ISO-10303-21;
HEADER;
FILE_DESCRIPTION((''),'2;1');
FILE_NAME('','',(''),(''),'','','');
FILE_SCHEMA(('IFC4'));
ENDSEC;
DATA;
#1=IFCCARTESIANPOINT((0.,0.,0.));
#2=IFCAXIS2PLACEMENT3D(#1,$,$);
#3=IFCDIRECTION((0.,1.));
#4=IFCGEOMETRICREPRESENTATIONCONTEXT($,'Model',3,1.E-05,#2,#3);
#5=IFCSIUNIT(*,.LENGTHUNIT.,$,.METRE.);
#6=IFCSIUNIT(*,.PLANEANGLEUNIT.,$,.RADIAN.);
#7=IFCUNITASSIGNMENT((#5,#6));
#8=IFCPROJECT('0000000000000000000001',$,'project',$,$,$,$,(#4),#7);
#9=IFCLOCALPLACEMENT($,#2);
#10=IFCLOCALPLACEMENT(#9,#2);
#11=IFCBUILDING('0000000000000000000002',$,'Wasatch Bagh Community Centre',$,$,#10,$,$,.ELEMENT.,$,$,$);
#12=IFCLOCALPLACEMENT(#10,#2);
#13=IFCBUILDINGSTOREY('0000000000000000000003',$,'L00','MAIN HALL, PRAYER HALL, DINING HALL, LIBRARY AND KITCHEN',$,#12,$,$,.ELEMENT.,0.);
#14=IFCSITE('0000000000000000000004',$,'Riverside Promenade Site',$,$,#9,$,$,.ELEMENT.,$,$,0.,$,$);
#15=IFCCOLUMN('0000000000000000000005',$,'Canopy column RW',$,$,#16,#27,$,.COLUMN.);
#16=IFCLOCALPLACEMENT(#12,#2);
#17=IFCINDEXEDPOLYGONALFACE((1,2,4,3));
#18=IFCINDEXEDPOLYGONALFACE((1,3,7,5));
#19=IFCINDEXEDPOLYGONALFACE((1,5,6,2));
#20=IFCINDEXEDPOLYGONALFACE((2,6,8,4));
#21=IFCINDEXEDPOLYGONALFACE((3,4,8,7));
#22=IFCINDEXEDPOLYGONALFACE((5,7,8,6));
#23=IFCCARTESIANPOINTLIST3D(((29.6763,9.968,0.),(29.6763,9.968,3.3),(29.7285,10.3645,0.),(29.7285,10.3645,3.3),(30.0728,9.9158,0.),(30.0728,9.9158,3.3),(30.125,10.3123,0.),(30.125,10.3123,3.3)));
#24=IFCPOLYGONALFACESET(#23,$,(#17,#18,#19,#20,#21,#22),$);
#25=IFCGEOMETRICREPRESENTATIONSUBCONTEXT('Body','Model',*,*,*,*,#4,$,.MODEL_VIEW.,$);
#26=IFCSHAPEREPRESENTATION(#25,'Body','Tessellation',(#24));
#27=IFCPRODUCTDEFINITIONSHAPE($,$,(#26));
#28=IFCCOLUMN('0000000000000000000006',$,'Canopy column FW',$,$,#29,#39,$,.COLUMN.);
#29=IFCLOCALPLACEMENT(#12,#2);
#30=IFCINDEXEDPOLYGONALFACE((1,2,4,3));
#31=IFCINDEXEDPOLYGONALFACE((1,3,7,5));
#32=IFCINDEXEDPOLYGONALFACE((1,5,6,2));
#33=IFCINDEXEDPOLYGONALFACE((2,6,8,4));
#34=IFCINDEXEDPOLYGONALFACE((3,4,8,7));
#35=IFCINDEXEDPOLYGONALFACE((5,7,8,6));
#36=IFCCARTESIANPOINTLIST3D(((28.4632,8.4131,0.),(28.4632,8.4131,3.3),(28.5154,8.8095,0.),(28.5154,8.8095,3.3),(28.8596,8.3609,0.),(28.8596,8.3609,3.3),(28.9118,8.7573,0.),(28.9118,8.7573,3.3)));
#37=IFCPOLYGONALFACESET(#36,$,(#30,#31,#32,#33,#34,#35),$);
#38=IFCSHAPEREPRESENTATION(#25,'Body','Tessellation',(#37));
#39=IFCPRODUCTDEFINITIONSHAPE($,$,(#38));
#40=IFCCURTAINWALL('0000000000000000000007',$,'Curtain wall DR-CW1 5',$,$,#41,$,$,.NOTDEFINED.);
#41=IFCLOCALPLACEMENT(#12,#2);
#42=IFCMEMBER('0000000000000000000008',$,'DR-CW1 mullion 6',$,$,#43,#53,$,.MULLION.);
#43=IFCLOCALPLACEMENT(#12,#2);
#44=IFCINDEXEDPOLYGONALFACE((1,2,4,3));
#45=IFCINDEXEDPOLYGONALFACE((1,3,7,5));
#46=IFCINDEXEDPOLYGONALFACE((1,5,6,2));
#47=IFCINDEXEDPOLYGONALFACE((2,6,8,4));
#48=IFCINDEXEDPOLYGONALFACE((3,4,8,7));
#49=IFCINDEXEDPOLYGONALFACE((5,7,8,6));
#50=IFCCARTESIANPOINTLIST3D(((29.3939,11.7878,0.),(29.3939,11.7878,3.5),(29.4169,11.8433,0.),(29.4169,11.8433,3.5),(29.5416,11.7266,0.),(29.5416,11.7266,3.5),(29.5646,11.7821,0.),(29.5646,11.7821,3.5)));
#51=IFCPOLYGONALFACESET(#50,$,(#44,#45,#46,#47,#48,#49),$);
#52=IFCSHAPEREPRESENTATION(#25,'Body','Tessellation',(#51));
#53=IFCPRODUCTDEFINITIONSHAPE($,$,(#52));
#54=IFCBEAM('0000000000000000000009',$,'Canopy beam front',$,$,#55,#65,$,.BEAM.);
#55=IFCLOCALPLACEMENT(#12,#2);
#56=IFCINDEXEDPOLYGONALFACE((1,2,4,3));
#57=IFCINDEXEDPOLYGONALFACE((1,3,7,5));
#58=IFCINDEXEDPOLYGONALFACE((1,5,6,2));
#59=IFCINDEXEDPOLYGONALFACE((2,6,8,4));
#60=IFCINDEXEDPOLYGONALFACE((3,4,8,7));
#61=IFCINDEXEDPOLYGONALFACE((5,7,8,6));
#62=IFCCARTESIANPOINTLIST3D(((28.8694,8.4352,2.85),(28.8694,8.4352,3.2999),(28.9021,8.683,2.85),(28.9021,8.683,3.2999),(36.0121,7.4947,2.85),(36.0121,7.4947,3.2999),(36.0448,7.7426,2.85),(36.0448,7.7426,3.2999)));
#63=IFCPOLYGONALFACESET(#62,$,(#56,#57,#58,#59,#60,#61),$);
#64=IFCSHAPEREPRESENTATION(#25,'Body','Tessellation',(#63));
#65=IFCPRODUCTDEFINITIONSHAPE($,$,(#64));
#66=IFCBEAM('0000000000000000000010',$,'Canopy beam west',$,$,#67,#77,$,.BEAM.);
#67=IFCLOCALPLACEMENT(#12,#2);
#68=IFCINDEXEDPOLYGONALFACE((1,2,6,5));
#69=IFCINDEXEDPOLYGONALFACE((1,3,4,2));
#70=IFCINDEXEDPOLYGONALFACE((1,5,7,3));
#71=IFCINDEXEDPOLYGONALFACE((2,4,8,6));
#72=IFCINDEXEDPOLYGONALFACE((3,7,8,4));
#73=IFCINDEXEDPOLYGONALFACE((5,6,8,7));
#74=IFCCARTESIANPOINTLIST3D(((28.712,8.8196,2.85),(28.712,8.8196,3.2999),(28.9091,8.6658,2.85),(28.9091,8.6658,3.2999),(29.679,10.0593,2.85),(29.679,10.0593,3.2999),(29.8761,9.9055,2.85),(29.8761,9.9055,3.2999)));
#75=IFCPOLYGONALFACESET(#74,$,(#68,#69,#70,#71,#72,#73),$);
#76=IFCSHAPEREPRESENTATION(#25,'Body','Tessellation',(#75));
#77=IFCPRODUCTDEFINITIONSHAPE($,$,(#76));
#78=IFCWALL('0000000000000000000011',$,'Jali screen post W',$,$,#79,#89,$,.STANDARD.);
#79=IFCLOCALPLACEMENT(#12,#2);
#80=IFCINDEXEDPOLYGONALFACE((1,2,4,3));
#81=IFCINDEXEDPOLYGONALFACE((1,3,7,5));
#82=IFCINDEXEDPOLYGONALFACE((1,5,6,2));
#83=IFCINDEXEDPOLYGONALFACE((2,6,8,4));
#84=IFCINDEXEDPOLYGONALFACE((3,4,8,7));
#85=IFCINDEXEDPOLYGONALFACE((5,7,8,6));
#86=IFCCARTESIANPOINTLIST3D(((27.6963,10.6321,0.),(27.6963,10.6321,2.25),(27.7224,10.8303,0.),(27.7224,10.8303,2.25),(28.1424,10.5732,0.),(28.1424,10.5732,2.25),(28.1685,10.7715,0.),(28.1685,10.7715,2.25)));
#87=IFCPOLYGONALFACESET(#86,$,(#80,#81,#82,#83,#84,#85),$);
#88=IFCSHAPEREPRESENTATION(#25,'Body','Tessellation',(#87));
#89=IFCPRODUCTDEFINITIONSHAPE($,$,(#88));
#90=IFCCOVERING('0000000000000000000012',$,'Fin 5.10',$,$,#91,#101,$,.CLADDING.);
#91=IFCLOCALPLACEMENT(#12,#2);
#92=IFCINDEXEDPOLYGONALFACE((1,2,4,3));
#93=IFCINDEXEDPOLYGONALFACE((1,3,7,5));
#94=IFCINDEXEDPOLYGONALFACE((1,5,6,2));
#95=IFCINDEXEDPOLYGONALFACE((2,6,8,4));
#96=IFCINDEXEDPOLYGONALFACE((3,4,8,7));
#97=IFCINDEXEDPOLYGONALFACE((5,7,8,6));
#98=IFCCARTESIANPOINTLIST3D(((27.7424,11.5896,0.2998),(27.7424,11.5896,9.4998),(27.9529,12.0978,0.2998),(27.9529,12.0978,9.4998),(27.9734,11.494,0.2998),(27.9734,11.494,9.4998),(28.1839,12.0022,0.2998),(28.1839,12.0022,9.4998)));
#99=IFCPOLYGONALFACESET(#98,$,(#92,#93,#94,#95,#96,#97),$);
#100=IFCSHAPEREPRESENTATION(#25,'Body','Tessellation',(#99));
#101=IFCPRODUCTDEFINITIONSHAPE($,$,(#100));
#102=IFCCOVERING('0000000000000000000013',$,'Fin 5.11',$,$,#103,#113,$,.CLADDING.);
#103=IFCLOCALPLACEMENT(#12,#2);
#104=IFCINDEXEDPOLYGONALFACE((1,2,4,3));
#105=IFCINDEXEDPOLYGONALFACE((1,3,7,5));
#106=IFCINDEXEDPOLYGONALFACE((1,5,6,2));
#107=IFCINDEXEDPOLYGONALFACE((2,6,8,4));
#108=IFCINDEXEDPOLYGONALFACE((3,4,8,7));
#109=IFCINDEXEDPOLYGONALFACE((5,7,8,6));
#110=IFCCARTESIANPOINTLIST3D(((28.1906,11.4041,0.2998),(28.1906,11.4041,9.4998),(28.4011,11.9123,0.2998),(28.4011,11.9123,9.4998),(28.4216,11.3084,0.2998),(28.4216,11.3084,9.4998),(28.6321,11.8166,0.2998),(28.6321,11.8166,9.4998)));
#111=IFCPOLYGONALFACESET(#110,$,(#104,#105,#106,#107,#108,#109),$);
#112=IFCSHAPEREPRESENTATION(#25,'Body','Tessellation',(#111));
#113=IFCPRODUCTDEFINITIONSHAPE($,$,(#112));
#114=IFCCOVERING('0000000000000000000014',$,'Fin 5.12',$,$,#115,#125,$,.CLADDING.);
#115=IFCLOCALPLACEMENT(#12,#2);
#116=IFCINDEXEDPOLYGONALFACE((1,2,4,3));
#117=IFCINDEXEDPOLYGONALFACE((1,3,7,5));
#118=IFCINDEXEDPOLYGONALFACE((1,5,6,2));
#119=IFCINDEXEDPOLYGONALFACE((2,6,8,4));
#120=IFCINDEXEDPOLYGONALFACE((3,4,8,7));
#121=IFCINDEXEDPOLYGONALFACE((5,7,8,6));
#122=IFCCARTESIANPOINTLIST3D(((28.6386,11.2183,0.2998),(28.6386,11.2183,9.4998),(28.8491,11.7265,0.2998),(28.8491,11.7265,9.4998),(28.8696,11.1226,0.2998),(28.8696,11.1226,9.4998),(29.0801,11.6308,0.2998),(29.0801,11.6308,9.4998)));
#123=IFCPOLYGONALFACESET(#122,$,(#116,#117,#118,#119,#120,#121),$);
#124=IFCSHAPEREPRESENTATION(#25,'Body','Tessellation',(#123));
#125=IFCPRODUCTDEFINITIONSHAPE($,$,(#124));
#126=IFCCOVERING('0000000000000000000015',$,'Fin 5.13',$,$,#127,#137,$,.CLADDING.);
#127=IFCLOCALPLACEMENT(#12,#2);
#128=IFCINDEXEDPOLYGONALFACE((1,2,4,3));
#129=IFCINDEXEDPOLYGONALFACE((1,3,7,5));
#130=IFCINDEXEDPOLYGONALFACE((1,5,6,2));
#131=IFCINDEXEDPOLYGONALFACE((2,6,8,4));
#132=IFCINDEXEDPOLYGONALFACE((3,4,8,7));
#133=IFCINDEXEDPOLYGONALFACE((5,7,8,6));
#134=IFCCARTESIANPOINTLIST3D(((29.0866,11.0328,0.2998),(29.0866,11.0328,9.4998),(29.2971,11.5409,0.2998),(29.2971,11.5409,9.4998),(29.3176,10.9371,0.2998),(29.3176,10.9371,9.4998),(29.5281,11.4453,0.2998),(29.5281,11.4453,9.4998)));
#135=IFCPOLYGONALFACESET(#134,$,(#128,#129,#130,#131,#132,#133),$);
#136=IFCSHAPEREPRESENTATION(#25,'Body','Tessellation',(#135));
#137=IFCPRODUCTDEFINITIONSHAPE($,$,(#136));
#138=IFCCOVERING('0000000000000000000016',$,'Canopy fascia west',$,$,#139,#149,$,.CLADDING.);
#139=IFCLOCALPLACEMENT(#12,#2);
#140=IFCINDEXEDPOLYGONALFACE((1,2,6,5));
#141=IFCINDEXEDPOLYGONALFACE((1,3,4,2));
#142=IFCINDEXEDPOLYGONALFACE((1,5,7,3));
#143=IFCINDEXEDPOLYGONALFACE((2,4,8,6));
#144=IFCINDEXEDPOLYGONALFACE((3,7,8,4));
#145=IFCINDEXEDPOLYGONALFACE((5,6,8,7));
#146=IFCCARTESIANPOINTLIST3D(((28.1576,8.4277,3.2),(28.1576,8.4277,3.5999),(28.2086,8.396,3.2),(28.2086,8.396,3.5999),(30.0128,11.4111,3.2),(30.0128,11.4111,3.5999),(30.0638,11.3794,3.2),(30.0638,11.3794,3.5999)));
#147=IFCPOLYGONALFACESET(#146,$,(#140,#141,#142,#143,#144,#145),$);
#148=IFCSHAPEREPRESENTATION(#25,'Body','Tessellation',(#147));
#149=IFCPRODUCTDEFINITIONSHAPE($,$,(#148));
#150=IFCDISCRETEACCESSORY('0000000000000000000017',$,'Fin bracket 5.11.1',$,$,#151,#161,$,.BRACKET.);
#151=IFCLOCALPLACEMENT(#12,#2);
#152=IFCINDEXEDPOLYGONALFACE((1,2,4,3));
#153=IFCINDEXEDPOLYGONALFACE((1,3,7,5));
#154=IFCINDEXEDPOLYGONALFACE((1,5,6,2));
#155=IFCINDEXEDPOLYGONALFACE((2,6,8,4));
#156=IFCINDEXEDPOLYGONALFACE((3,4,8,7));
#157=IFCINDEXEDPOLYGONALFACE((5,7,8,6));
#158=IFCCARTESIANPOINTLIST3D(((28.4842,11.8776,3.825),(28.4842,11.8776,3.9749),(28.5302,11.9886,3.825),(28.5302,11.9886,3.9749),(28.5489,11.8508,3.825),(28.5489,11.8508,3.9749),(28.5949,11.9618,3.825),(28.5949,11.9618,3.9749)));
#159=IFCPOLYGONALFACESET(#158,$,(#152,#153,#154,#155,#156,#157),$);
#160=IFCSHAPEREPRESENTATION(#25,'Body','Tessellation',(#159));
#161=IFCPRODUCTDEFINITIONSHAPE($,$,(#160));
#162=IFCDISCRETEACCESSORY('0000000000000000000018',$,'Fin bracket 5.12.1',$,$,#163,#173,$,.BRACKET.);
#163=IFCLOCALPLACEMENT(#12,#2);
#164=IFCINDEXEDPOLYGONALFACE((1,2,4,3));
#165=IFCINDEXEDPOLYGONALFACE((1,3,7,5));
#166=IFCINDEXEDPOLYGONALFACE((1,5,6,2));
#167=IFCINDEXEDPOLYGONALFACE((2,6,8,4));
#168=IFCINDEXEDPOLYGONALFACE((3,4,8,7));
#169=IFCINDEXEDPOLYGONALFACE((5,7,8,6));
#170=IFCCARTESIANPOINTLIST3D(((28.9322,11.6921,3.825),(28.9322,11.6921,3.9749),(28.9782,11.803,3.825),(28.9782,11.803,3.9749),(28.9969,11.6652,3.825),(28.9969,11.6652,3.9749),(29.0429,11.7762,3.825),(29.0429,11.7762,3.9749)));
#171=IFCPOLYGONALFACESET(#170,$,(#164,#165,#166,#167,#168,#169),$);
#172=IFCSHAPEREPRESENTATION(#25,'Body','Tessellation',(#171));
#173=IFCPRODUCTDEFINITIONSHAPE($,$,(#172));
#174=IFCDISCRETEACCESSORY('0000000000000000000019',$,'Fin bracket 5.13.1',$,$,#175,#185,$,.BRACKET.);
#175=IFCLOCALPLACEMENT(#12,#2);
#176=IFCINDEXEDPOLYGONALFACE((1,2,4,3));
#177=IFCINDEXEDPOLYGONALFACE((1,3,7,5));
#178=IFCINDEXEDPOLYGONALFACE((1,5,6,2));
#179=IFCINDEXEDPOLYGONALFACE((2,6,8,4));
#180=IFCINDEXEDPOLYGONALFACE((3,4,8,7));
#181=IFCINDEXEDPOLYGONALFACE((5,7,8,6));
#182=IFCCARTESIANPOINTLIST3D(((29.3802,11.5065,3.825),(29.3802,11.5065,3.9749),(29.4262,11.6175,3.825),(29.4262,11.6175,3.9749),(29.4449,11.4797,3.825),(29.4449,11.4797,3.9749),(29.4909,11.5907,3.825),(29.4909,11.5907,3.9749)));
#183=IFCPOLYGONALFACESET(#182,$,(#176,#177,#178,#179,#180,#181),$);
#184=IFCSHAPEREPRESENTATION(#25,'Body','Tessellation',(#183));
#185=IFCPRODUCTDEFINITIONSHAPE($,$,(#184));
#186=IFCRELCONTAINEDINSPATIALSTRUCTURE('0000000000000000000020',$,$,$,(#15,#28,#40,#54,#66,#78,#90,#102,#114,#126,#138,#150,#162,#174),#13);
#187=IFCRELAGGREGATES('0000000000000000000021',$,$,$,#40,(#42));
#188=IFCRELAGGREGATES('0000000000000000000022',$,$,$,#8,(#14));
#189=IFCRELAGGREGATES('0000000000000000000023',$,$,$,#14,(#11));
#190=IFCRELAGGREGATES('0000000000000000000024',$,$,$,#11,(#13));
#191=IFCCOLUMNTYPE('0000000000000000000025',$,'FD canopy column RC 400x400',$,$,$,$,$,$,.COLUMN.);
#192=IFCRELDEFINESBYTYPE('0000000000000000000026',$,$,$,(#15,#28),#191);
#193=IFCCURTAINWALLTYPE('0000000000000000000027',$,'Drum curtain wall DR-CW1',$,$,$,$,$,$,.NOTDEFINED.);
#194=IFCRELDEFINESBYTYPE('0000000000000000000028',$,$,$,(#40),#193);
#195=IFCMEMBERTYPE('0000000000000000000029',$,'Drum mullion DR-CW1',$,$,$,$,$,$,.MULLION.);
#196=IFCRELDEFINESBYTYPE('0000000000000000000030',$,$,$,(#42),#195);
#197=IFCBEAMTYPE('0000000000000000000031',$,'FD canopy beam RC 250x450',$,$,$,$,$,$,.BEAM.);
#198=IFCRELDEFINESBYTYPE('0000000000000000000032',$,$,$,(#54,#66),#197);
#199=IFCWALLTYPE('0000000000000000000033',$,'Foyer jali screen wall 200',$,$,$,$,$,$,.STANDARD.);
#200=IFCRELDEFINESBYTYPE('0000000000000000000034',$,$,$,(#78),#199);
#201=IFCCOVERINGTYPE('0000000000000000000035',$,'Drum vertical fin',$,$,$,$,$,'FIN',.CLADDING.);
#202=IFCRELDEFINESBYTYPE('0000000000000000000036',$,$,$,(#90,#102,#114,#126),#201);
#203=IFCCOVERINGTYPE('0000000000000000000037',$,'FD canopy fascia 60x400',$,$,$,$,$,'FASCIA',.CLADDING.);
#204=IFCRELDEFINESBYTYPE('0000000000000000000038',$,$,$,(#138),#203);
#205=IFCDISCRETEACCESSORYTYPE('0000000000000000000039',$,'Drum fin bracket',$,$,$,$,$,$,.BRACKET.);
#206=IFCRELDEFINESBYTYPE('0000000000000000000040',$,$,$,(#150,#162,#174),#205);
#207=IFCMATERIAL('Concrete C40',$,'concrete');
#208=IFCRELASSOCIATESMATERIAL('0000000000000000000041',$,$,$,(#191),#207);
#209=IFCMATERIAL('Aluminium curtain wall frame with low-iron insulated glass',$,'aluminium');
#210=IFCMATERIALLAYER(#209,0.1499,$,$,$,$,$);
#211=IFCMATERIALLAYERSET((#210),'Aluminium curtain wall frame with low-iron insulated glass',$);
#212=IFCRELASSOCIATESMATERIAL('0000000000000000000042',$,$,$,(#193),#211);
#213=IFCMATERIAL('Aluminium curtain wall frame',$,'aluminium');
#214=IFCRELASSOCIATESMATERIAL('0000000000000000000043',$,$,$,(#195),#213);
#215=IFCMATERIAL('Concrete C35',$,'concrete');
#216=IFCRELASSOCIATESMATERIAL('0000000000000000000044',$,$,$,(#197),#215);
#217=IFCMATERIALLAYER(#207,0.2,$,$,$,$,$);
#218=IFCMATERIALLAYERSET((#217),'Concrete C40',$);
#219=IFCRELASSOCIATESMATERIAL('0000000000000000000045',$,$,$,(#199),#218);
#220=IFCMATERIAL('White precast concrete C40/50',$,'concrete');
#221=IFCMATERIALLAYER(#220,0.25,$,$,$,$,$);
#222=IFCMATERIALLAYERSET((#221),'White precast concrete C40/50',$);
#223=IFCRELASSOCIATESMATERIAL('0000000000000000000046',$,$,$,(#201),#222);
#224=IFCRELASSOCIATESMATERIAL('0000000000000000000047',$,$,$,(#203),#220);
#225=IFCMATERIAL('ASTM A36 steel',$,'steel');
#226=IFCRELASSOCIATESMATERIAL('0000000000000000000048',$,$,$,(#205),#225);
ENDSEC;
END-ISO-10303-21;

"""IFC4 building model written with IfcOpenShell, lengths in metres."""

from ifc_helpers import new_model, si_unit, direction, frame, frame_2d, origin, origin_2d, place, context, subcontext, project, spatial, rectangle, extrude, material, layer, layer_set, material_profile, profile_set, type_object, element, aggregate, save


model = new_model("IFC4")

# Units and contexts
model_context = context("Model", 3, precision=1e-05, world=origin(), true_north=direction((0.0, 1.0)))
body_context = subcontext(model_context, "Body", "Model", "MODEL_VIEW")
ifc_project = project(units=[si_unit("LENGTHUNIT", "METRE"), si_unit("PLANEANGLEUNIT", "RADIAN")], contexts=[model_context])

# Site, building, storey
site_placement = place(None, origin())
site = spatial("IfcSite", under=ifc_project, at=site_placement, Name="Riverside Promenade Site", CompositionType="ELEMENT", RefElevation=0.0)
building_placement = place(site_placement, origin())
building = spatial("IfcBuilding", under=site, at=building_placement, Name="Wasatch Bagh Community Centre", CompositionType="ELEMENT")
storey_placement = place(building_placement, origin())
storey = spatial("IfcBuildingStorey", under=building, at=storey_placement, Name="L00", Description="MAIN HALL, PRAYER HALL, DINING HALL, LIBRARY AND KITCHEN", CompositionType="ELEMENT", Elevation=0.0)

# Columns
ifc_material_1 = material(Name="Concrete C40", Category="concrete")
ifc_material_profile_1 = material_profile(ifc_material_1, rectangle(XDim=0.3999, YDim=0.3999, at=origin_2d()), Name="RC 400x400")
ifc_profile_set_1 = profile_set([ifc_material_profile_1], Name="Concrete C40")
column_type_1 = type_object("IfcColumnType", Name="FD canopy column RC 400x400", PredefinedType="COLUMN", material=ifc_profile_set_1)
for number, where, z_axis, x_axis, name in (
    (1, (29.9006, 10.1401, 0.0), (0.0, 0.0, 1.0), (0.991445, -0.130526, 0.0), "Canopy column RW"),
    (2, (28.6875, 8.5852, 0.0), (0.0, 0.0, 1.0), (0.991445, -0.130526, 0.0), "Canopy column FW"),
):
    element("IfcColumn", number, at=place(storey_placement, frame(where, z_axis=z_axis, x_axis=x_axis)), inside=storey, type_object=column_type_1, Name=name, PredefinedType="COLUMN", context=body_context, shape_type="SweptSolid", body=[
        extrude(rectangle(XDim=0.3999, YDim=0.3999, at=origin_2d()), origin(), (0.0, 0.0, 1.0), 3.3),
    ])

# Curtain wall, member
ifc_material_2 = material(Name="Aluminium curtain wall frame with low-iron insulated glass", Category="aluminium")
ifc_layer_1 = layer(ifc_material_2, 0.1499)
ifc_layer_set_1 = layer_set([ifc_layer_1], Name="Aluminium curtain wall frame with low-iron insulated glass")
curtain_wall_type = type_object("IfcCurtainWallType", Name="Drum curtain wall DR-CW1", PredefinedType="NOTDEFINED", material=ifc_layer_set_1)
curtain_wall_placement = place(storey_placement, origin())
curtain_wall = element("IfcCurtainWall", 3, at=curtain_wall_placement, inside=storey, type_object=curtain_wall_type, Name="Curtain wall DR-CW1 5", PredefinedType="NOTDEFINED")
ifc_material_3 = material(Name="Aluminium curtain wall frame", Category="aluminium")
ifc_material_profile_2 = material_profile(ifc_material_3, rectangle(XDim=0.0601, YDim=0.1599, at=origin_2d()), Name="Drum mullion DR-CW1")
ifc_profile_set_2 = profile_set([ifc_material_profile_2], Name="Aluminium curtain wall frame")
member_type = type_object("IfcMemberType", Name="Drum mullion DR-CW1", PredefinedType="MULLION", material=ifc_profile_set_2)
member_placement = place(storey_placement, frame((29.4792, 11.7849, 0.0), z_axis=(0.0, 0.0, 1.0), x_axis=(0.382683, 0.92388, 0.0)))
member = element("IfcMember", 4, at=member_placement, type_object=member_type, Name="DR-CW1 mullion 6", PredefinedType="MULLION", context=body_context, shape_type="SweptSolid", body=[
    extrude(rectangle(XDim=0.0601, YDim=0.1599, at=origin_2d()), origin(), (0.0, 0.0, 1.0), 3.5),
])
aggregate(curtain_wall, [member])

# Beams
ifc_material_4 = material(Name="Concrete C35", Category="concrete")
ifc_material_profile_3 = material_profile(ifc_material_4, rectangle(XDim=0.25, YDim=0.45, at=origin_2d()), Name="RC 250x450")
ifc_profile_set_3 = profile_set([ifc_material_profile_3], Name="Concrete C35")
beam_type = type_object("IfcBeamType", Name="FD canopy beam RC 250x450", PredefinedType="BEAM", material=ifc_profile_set_3)
beam_1_placement = place(storey_placement, frame((28.8857, 8.5591, 3.075), z_axis=(0.991444, -0.130534, 0.0), x_axis=(0.130534, 0.991444, 0.0)))
element("IfcBeam", 5, at=beam_1_placement, inside=storey, type_object=beam_type, Name="Canopy beam front", PredefinedType="BEAM", context=body_context, shape_type="SweptSolid", body=[
    extrude(rectangle(XDim=0.25, YDim=0.45, at=origin_2d()), origin(), (0.0, 0.0, 1.0), 7.2043),
])
beam_2_placement = place(storey_placement, frame((29.7776, 9.9824, 3.075), z_axis=(-0.615047, -0.78849, 0.0), x_axis=(0.78849, -0.615047, 0.0)))
element("IfcBeam", 6, at=beam_2_placement, inside=storey, type_object=beam_type, Name="Canopy beam west", PredefinedType="BEAM", context=body_context, shape_type="SweptSolid", body=[
    extrude(rectangle(XDim=0.25, YDim=0.45, at=origin_2d()), origin(), (0.0, 0.0, 1.0), 1.5723),
])

# Wall
ifc_layer_2 = layer(ifc_material_1, 0.2)
ifc_layer_set_2 = layer_set([ifc_layer_2], Name="Concrete C40")
wall_type = type_object("IfcWallType", Name="Foyer jali screen wall 200", PredefinedType="STANDARD", material=ifc_layer_set_2)
wall_placement = place(storey_placement, frame((27.7092, 10.7312, 0.0), z_axis=(0.0, 0.0, 1.0), x_axis=(0.991412, -0.130777, 0.0)))
element("IfcWall", 7, at=wall_placement, inside=storey, type_object=wall_type, Name="Jali screen post W", PredefinedType="STANDARD", context=body_context, shape_type="SweptSolid", body=[
    extrude(rectangle(XDim=0.45, YDim=0.2, at=frame_2d((0.2251, 0.0))), origin(), (0.0, 0.0, 1.0), 2.25),
])

# Coverings
ifc_material_5 = material(Name="White precast concrete C40/50", Category="concrete")
ifc_layer_3 = layer(ifc_material_5, 0.25)
ifc_layer_set_3 = layer_set([ifc_layer_3], Name="White precast concrete C40/50")
covering_type_1 = type_object("IfcCoveringType", Name="Drum vertical fin", ElementType="FIN", PredefinedType="CLADDING", material=ifc_layer_set_3)
for number, where, z_axis, x_axis, name in (
    (8, (27.9631, 11.7959, 0.2998), (0.0, 0.0, 1.0), (0.92388, -0.382683, 0.0), "Fin 5.10"),
    (9, (28.4114, 11.6104, 0.2998), (0.0, 0.0, 1.0), (0.92388, -0.382683, 0.0), "Fin 5.11"),
    (10, (28.8594, 11.4246, 0.2998), (0.0, 0.0, 1.0), (0.92388, -0.382683, 0.0), "Fin 5.12"),
    (11, (29.3074, 11.239, 0.2998), (0.0, 0.0, 1.0), (0.92388, -0.382683, 0.0), "Fin 5.13"),
):
    element("IfcCovering", number, at=place(storey_placement, frame(where, z_axis=z_axis, x_axis=x_axis)), inside=storey, type_object=covering_type_1, Name=name, PredefinedType="CLADDING", context=body_context, shape_type="SweptSolid", body=[
        extrude(rectangle(XDim=0.25, YDim=0.55, at=origin_2d()), origin(), (0.0, 0.0, 1.0), 9.2),
    ])
ifc_material_profile_4 = material_profile(ifc_material_5, rectangle(XDim=0.0601, YDim=0.3999, at=origin_2d()), Name="FASCIA 60x400")
ifc_profile_set_4 = profile_set([ifc_material_profile_4], Name="White precast concrete C40/50")
covering_type_2 = type_object("IfcCoveringType", Name="FD canopy fascia 60x400", ElementType="FASCIA", PredefinedType="CLADDING", material=ifc_profile_set_4)
covering_placement = place(storey_placement, frame((28.1831, 8.4119, 3.3999), z_axis=(0.528074, 0.849199, 0.0), x_axis=(-0.849199, 0.528074, 0.0)))
element("IfcCovering", 12, at=covering_placement, inside=storey, type_object=covering_type_2, Name="Canopy fascia west", PredefinedType="CLADDING", context=body_context, shape_type="SweptSolid", body=[
    extrude(rectangle(XDim=0.0601, YDim=0.3999, at=origin_2d()), origin(), (0.0, 0.0, 1.0), 3.5132),
])

# Discrete accessories
ifc_material_6 = material(Name="ASTM A36 steel", Category="steel")
discrete_accessory_type = type_object("IfcDiscreteAccessoryType", Name="Drum fin bracket", PredefinedType="BRACKET", material=ifc_material_6)
for number, where, z_axis, x_axis, name in (
    (13, (28.5396, 11.9197, 3.825), (0.0, 0.0, 1.0), (0.92388, -0.382683, 0.0), "Fin bracket 5.11.1"),
    (14, (28.9875, 11.7341, 3.825), (0.0, 0.0, 1.0), (0.92388, -0.382683, 0.0), "Fin bracket 5.12.1"),
    (15, (29.4355, 11.5486, 3.825), (0.0, 0.0, 1.0), (0.92388, -0.382683, 0.0), "Fin bracket 5.13.1"),
):
    element("IfcDiscreteAccessory", number, at=place(storey_placement, frame(where, z_axis=z_axis, x_axis=x_axis)), inside=storey, type_object=discrete_accessory_type, Name=name, PredefinedType="BRACKET", context=body_context, shape_type="SweptSolid", body=[
        extrude(rectangle(XDim=0.0701, YDim=0.1201, at=origin_2d()), origin(), (0.0, 0.0, 1.0), 0.1499),
    ])

save(model, "model.ifc")
